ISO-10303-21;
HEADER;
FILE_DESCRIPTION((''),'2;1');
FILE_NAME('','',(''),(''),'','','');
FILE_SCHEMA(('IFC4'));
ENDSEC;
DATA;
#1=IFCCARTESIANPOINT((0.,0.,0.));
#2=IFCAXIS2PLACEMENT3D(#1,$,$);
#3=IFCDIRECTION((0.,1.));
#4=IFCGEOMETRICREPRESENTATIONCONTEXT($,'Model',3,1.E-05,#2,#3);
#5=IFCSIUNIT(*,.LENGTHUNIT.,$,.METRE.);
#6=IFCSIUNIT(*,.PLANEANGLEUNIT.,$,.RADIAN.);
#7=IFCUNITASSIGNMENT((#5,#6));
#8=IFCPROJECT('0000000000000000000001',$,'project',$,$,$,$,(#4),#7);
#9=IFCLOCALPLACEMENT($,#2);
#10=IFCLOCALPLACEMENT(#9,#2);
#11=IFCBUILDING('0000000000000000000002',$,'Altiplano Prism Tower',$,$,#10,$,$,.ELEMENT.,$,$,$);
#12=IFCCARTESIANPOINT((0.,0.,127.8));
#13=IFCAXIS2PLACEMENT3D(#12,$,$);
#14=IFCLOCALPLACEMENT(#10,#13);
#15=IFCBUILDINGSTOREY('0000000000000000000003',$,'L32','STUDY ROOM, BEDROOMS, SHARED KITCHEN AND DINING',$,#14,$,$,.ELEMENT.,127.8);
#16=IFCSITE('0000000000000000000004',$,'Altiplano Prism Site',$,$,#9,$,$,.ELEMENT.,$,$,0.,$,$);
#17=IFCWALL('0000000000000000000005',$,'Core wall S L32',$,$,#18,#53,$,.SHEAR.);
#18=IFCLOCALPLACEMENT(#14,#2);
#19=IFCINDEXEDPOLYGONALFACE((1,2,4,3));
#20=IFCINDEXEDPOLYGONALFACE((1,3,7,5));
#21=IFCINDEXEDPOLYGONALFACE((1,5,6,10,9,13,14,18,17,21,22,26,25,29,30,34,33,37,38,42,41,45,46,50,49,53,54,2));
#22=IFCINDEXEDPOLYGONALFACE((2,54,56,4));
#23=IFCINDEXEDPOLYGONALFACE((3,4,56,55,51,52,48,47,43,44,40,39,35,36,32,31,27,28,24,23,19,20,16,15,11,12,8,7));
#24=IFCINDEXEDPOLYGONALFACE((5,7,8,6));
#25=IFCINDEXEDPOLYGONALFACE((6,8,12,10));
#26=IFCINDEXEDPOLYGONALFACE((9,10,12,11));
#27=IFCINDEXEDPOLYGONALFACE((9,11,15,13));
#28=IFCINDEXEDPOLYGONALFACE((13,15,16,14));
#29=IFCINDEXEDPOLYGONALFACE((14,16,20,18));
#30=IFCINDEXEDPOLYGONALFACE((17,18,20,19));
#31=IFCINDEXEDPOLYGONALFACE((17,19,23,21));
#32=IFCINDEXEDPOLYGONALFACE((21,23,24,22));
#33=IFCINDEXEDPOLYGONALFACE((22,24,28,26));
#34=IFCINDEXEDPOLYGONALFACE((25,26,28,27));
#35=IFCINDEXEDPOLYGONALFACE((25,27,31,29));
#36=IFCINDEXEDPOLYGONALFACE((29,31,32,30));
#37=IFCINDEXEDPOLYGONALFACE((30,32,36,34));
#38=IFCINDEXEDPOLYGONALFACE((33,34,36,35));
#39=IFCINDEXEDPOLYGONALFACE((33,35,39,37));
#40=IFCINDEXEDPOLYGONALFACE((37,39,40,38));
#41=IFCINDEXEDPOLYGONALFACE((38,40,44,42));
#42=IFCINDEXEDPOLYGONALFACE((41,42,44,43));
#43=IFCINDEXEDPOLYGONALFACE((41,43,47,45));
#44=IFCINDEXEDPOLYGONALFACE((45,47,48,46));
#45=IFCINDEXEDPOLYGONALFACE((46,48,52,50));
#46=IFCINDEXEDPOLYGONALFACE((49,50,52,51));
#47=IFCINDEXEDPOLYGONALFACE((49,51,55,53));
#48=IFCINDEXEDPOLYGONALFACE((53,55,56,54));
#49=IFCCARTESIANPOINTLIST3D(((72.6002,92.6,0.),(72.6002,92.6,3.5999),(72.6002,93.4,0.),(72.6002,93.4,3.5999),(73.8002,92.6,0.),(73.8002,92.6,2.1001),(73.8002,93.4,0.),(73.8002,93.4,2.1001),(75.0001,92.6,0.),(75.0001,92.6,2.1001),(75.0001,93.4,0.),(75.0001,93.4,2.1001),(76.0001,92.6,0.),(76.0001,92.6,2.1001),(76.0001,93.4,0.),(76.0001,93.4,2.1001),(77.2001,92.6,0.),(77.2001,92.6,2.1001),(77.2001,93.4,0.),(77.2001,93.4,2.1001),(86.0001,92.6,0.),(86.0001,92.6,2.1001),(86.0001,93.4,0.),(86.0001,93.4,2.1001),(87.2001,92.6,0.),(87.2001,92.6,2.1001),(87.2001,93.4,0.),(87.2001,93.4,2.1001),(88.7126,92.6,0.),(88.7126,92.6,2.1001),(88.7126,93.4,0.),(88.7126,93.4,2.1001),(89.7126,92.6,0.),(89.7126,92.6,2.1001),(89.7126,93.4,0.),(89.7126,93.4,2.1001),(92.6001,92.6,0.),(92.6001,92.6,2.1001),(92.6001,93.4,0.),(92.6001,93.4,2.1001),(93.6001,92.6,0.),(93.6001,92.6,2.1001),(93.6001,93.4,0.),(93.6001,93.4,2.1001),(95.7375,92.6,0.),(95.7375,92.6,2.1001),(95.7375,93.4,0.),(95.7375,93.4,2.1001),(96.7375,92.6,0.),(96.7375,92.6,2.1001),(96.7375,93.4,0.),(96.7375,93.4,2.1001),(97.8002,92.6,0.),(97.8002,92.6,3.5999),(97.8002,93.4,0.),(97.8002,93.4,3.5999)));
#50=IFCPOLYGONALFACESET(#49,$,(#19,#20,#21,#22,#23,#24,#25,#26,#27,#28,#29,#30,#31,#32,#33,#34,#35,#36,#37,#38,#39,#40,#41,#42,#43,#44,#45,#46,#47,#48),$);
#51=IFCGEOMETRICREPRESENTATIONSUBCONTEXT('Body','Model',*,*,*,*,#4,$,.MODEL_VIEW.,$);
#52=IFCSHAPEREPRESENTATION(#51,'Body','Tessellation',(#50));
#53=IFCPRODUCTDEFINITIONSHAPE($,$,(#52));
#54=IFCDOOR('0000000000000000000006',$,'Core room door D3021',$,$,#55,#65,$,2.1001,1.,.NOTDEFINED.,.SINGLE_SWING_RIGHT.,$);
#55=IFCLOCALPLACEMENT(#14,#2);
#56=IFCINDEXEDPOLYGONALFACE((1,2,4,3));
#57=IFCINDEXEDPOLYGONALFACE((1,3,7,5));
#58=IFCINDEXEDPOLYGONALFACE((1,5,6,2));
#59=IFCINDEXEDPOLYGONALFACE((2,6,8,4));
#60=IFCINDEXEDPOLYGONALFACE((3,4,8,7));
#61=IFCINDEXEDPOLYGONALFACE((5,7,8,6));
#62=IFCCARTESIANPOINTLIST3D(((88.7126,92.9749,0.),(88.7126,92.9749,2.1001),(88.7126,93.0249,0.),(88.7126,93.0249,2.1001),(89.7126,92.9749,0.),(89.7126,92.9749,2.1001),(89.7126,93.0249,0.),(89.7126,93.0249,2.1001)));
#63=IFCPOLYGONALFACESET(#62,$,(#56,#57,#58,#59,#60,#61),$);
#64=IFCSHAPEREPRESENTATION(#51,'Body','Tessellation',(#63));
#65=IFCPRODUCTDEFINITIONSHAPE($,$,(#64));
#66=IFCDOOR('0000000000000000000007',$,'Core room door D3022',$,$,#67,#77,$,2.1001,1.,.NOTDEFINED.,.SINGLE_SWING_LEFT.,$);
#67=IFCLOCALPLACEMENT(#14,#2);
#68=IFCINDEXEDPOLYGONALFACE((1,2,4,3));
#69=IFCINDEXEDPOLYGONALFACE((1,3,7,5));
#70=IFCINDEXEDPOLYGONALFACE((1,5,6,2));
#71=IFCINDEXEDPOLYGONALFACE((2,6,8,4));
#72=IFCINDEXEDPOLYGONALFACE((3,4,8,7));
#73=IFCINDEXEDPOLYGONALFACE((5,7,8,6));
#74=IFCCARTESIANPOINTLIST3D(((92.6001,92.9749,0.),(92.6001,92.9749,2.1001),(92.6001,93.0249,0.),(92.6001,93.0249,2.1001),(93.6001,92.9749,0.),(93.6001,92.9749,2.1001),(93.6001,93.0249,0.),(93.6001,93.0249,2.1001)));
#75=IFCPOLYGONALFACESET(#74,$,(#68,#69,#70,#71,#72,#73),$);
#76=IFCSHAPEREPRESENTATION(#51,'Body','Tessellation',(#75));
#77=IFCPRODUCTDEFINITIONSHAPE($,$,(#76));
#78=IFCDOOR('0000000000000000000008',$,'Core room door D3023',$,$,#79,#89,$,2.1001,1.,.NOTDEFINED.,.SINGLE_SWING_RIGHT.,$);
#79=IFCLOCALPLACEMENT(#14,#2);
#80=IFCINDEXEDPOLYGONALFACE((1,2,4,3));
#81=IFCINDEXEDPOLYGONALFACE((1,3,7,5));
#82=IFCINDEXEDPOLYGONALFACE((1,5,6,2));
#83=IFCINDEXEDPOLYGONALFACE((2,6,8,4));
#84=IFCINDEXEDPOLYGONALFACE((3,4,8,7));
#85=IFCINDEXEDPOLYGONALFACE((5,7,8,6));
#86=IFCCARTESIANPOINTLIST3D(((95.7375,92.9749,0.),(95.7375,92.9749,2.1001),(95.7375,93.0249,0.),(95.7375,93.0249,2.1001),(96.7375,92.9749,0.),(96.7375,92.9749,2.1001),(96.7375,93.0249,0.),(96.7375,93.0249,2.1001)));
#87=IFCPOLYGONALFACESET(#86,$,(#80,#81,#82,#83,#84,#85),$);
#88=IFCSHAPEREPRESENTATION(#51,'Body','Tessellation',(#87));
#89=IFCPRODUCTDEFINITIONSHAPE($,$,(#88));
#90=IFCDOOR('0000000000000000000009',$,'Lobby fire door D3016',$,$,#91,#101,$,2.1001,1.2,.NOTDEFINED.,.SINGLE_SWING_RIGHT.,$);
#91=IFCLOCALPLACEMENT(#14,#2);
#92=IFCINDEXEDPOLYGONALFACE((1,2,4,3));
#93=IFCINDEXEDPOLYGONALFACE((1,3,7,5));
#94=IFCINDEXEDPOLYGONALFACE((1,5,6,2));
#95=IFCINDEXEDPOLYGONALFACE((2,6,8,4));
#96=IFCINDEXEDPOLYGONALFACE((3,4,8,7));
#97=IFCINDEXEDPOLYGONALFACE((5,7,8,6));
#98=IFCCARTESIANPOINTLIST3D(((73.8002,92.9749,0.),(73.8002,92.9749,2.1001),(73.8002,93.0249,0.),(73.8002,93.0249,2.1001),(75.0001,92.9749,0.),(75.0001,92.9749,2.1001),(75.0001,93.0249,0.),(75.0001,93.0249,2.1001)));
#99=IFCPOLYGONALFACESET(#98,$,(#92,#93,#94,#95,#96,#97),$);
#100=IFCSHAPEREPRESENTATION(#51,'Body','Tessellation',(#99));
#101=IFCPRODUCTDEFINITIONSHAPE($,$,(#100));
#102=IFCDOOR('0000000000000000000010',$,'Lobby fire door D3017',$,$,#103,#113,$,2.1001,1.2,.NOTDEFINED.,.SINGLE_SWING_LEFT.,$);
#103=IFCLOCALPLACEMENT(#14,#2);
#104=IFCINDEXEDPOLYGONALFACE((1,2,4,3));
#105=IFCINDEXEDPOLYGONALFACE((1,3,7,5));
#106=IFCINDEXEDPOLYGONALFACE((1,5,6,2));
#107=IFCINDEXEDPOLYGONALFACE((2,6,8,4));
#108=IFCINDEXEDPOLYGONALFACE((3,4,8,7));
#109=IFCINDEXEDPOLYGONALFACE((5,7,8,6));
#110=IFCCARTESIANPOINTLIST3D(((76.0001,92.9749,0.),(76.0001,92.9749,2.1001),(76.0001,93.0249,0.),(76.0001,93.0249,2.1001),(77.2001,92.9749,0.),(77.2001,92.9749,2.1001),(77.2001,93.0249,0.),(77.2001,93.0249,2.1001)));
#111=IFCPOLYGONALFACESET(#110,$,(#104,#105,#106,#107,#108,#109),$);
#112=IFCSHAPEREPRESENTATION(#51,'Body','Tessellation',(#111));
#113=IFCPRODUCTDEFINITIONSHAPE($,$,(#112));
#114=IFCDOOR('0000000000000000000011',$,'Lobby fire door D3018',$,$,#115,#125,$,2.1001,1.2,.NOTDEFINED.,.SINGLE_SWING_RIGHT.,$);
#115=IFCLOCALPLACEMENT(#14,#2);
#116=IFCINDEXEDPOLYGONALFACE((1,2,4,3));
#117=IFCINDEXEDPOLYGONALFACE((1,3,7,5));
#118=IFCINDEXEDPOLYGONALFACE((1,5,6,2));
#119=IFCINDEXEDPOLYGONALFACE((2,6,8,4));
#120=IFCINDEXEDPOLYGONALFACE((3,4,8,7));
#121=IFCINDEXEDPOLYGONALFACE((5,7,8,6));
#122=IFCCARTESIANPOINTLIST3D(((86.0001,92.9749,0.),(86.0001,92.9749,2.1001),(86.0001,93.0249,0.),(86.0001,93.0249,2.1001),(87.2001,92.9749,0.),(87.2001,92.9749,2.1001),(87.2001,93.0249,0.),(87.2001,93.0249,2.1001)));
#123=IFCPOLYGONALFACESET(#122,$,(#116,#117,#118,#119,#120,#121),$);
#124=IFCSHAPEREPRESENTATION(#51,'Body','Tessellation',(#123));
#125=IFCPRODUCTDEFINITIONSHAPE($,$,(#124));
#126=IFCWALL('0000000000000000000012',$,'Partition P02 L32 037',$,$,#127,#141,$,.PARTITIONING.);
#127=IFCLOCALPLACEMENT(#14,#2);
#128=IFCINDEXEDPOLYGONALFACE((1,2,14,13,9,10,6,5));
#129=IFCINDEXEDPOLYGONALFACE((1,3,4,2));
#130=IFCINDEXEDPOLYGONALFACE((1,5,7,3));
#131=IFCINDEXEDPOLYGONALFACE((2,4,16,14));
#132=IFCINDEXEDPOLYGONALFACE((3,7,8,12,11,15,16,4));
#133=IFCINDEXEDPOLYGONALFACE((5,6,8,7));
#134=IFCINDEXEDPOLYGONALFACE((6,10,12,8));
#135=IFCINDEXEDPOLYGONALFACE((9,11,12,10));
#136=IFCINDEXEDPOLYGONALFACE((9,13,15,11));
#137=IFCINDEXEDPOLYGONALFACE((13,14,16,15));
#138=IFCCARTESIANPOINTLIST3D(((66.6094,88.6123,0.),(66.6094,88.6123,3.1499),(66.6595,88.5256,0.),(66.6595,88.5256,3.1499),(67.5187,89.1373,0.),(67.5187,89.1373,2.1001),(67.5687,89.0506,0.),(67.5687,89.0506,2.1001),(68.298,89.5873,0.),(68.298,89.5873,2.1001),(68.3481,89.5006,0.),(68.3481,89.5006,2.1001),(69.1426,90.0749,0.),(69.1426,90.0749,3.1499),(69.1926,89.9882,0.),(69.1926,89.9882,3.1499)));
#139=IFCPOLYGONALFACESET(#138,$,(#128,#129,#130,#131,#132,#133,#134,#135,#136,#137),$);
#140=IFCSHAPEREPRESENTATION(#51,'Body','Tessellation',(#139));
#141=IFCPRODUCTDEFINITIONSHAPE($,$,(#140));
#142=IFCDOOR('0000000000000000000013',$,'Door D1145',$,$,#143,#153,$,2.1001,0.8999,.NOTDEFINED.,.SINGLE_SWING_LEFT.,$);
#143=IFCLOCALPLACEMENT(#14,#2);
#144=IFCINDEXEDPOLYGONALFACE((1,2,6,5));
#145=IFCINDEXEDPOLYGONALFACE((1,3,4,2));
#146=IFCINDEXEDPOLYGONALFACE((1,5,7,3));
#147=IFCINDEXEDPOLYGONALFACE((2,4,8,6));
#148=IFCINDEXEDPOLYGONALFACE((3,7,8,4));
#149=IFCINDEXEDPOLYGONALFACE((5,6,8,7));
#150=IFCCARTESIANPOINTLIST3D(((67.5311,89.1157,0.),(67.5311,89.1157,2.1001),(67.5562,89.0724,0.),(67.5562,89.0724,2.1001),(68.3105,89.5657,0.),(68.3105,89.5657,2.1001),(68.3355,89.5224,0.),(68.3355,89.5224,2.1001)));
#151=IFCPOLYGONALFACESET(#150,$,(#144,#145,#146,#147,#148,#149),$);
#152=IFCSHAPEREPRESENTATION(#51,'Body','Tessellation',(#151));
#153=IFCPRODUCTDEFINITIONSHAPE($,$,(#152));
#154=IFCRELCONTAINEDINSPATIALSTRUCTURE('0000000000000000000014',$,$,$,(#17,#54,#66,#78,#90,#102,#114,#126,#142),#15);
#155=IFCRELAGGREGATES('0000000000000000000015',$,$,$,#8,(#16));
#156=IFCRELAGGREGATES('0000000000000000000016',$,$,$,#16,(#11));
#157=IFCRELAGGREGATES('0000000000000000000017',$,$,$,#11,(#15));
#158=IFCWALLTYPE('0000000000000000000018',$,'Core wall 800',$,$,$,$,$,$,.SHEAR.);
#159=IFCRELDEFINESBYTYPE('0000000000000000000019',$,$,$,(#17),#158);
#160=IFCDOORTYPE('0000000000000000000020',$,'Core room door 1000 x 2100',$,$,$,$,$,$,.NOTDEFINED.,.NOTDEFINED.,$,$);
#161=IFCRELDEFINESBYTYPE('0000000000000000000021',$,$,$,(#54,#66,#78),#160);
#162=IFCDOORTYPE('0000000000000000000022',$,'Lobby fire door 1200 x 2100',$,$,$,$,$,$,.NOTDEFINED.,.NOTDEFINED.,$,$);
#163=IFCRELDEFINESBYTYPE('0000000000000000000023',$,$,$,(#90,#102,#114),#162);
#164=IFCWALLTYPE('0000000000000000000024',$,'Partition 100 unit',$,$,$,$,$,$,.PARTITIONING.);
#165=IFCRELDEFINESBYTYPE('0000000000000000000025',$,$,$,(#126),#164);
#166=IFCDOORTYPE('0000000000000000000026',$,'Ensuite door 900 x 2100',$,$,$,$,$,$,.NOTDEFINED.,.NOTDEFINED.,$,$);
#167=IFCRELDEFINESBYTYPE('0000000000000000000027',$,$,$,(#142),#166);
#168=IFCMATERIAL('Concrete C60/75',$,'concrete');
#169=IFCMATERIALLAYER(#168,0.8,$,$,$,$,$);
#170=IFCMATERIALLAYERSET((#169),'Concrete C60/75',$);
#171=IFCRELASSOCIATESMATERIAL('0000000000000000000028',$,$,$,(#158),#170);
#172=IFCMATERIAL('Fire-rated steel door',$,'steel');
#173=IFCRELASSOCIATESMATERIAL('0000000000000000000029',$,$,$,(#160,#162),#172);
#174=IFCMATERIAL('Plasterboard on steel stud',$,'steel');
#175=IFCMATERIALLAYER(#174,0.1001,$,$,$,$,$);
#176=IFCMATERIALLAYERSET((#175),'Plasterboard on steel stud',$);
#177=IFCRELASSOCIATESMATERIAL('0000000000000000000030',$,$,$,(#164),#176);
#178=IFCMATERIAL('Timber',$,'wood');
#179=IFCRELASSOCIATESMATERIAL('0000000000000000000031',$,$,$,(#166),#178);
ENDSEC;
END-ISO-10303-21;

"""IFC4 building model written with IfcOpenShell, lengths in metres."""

from ifc_helpers import new_model, si_unit, direction, frame, frame_2d, origin, place, context, subcontext, project, spatial, rectangle, extrude, material, layer, layer_set, type_object, element, fill, save


model = new_model("IFC4")

# Units and contexts
model_context = context("Model", 3, precision=1e-05, world=origin(), true_north=direction((0.0, 1.0)))
body_context = subcontext(model_context, "Body", "Model", "MODEL_VIEW")
ifc_project = project(units=[si_unit("LENGTHUNIT", "METRE"), si_unit("PLANEANGLEUNIT", "RADIAN")], contexts=[model_context])

# Site, building, storey
site_placement = place(None, origin())
site = spatial("IfcSite", under=ifc_project, at=site_placement, Name="Altiplano Prism Site", CompositionType="ELEMENT", RefElevation=0.0)
building_placement = place(site_placement, origin())
building = spatial("IfcBuilding", under=site, at=building_placement, Name="Altiplano Prism Tower", CompositionType="ELEMENT")
storey_placement = place(building_placement, frame((0.0, 0.0, 127.8)))
storey = spatial("IfcBuildingStorey", under=building, at=storey_placement, Name="L32", Description="STUDY ROOM, BEDROOMS, SHARED KITCHEN AND DINING", CompositionType="ELEMENT", Elevation=127.8)

# Shared definitions
ifc_material_1 = material(Name="Concrete C60/75", Category="concrete")

# Wall, openings, doors
ifc_layer_1 = layer(ifc_material_1, 0.8)
ifc_layer_set_1 = layer_set([ifc_layer_1], Name="Concrete C60/75")
wall_type_1 = type_object("IfcWallType", Name="Core wall 800", PredefinedType="SHEAR", material=ifc_layer_set_1)
wall_1_placement = place(storey_placement, frame((72.6001, 93.0, 0.0), z_axis=(0.0, 0.0, 1.0), x_axis=(1.0, 0.0, 0.0)))
wall_1 = element("IfcWall", 1, at=wall_1_placement, inside=storey, type_object=wall_type_1, Name="Core wall S L32", PredefinedType="SHEAR", context=body_context, shape_type="SweptSolid", body=[
    extrude(rectangle(XDim=25.2, YDim=0.8, at=frame_2d((12.6001, 0.0))), origin(), (0.0, 0.0, 1.0), 3.5999),
])
opening_1_placement = place(wall_1_placement, frame((1.2, 0.0, 0.0)))
opening_1 = element("IfcOpeningElement", 2, at=opening_1_placement, cuts=wall_1, PredefinedType="OPENING", context=body_context, shape_type="SweptSolid", body=[
    extrude(rectangle(XDim=1.2, YDim=2.1001, at=frame_2d((0.6001, 1.05))), frame((0.0, 0.4106, 0.0), z_axis=(0.0, -1.0, 0.0), x_axis=(1.0, 0.0, 0.0)), (0.0, 0.0, 1.0), 0.821),
])
opening_2_placement = place(wall_1_placement, frame((3.3999, 0.0, 0.0)))
opening_2 = element("IfcOpeningElement", 3, at=opening_2_placement, cuts=wall_1, PredefinedType="OPENING", context=body_context, shape_type="SweptSolid", body=[
    extrude(rectangle(XDim=1.2, YDim=2.1001, at=frame_2d((0.6001, 1.05))), frame((0.0, 0.4106, 0.0), z_axis=(0.0, -1.0, 0.0), x_axis=(1.0, 0.0, 0.0)), (0.0, 0.0, 1.0), 0.821),
])
opening_3_placement = place(wall_1_placement, frame((13.3999, 0.0, 0.0)))
opening_3 = element("IfcOpeningElement", 4, at=opening_3_placement, cuts=wall_1, PredefinedType="OPENING", context=body_context, shape_type="SweptSolid", body=[
    extrude(rectangle(XDim=1.2, YDim=2.1001, at=frame_2d((0.6001, 1.05))), frame((0.0, 0.4106, 0.0), z_axis=(0.0, -1.0, 0.0), x_axis=(1.0, 0.0, 0.0)), (0.0, 0.0, 1.0), 0.821),
])
opening_4_placement = place(wall_1_placement, frame((16.1125, 0.0, 0.0)))
opening_4 = element("IfcOpeningElement", 5, at=opening_4_placement, cuts=wall_1, PredefinedType="OPENING", context=body_context, shape_type="SweptSolid", body=[
    extrude(rectangle(XDim=1.0, YDim=2.1001, at=frame_2d((0.5, 1.05))), frame((0.0, 0.4106, 0.0), z_axis=(0.0, -1.0, 0.0), x_axis=(1.0, 0.0, 0.0)), (0.0, 0.0, 1.0), 0.821),
])
opening_5_placement = place(wall_1_placement, frame((20.0, 0.0, 0.0)))
opening_5 = element("IfcOpeningElement", 6, at=opening_5_placement, cuts=wall_1, PredefinedType="OPENING", context=body_context, shape_type="SweptSolid", body=[
    extrude(rectangle(XDim=1.0, YDim=2.1001, at=frame_2d((0.5, 1.05))), frame((0.0, 0.4106, 0.0), z_axis=(0.0, -1.0, 0.0), x_axis=(1.0, 0.0, 0.0)), (0.0, 0.0, 1.0), 0.821),
])
opening_6_placement = place(wall_1_placement, frame((23.1375, 0.0, 0.0)))
opening_6 = element("IfcOpeningElement", 7, at=opening_6_placement, cuts=wall_1, PredefinedType="OPENING", context=body_context, shape_type="SweptSolid", body=[
    extrude(rectangle(XDim=1.0, YDim=2.1001, at=frame_2d((0.5, 1.05))), frame((0.0, 0.4106, 0.0), z_axis=(0.0, -1.0, 0.0), x_axis=(1.0, 0.0, 0.0)), (0.0, 0.0, 1.0), 0.821),
])
ifc_material_2 = material(Name="Fire-rated steel door", Category="steel")
door_type_1 = type_object("IfcDoorType", Name="Core room door 1000 x 2100", OperationType="NOTDEFINED", PredefinedType="NOTDEFINED", material=ifc_material_2)
door_1_placement = place(opening_4_placement, origin())
door_1 = element("IfcDoor", 8, at=door_1_placement, inside=storey, type_object=door_type_1, Name="Core room door D3021", OperationType="SINGLE_SWING_RIGHT", OverallHeight=2.1001, OverallWidth=1.0, PredefinedType="NOTDEFINED", context=body_context, shape_type="SweptSolid", body=[
    extrude(rectangle(XDim=1.0, YDim=2.1001, at=frame_2d((0.5, 1.05))), frame((0.0, 0.0249, 0.0), z_axis=(0.0, -1.0, 0.0), x_axis=(1.0, 0.0, 0.0)), (0.0, 0.0, 1.0), 0.05),
])
fill(opening_4, door_1)
door_2_placement = place(opening_5_placement, origin())
door_2 = element("IfcDoor", 9, at=door_2_placement, inside=storey, type_object=door_type_1, Name="Core room door D3022", OperationType="SINGLE_SWING_LEFT", OverallHeight=2.1001, OverallWidth=1.0, PredefinedType="NOTDEFINED", context=body_context, shape_type="SweptSolid", body=[
    extrude(rectangle(XDim=1.0, YDim=2.1001, at=frame_2d((0.5, 1.05))), frame((0.0, 0.0249, 0.0), z_axis=(0.0, -1.0, 0.0), x_axis=(1.0, 0.0, 0.0)), (0.0, 0.0, 1.0), 0.05),
])
fill(opening_5, door_2)
door_3_placement = place(opening_6_placement, origin())
door_3 = element("IfcDoor", 10, at=door_3_placement, inside=storey, type_object=door_type_1, Name="Core room door D3023", OperationType="SINGLE_SWING_RIGHT", OverallHeight=2.1001, OverallWidth=1.0, PredefinedType="NOTDEFINED", context=body_context, shape_type="SweptSolid", body=[
    extrude(rectangle(XDim=1.0, YDim=2.1001, at=frame_2d((0.5, 1.05))), frame((0.0, 0.0249, 0.0), z_axis=(0.0, -1.0, 0.0), x_axis=(1.0, 0.0, 0.0)), (0.0, 0.0, 1.0), 0.05),
])
fill(opening_6, door_3)
door_type_2 = type_object("IfcDoorType", Name="Lobby fire door 1200 x 2100", OperationType="NOTDEFINED", PredefinedType="NOTDEFINED", material=ifc_material_2)
door_4_placement = place(opening_1_placement, origin())
door_4 = element("IfcDoor", 11, at=door_4_placement, inside=storey, type_object=door_type_2, Name="Lobby fire door D3016", OperationType="SINGLE_SWING_RIGHT", OverallHeight=2.1001, OverallWidth=1.2, PredefinedType="NOTDEFINED", context=body_context, shape_type="SweptSolid", body=[
    extrude(rectangle(XDim=1.2, YDim=2.1001, at=frame_2d((0.6001, 1.05))), frame((0.0, 0.0249, 0.0), z_axis=(0.0, -1.0, 0.0), x_axis=(1.0, 0.0, 0.0)), (0.0, 0.0, 1.0), 0.05),
])
fill(opening_1, door_4)
door_5_placement = place(opening_2_placement, origin())
door_5 = element("IfcDoor", 12, at=door_5_placement, inside=storey, type_object=door_type_2, Name="Lobby fire door D3017", OperationType="SINGLE_SWING_LEFT", OverallHeight=2.1001, OverallWidth=1.2, PredefinedType="NOTDEFINED", context=body_context, shape_type="SweptSolid", body=[
    extrude(rectangle(XDim=1.2, YDim=2.1001, at=frame_2d((0.6001, 1.05))), frame((0.0, 0.0249, 0.0), z_axis=(0.0, -1.0, 0.0), x_axis=(1.0, 0.0, 0.0)), (0.0, 0.0, 1.0), 0.05),
])
fill(opening_2, door_5)
door_6_placement = place(opening_3_placement, origin())
door_6 = element("IfcDoor", 13, at=door_6_placement, inside=storey, type_object=door_type_2, Name="Lobby fire door D3018", OperationType="SINGLE_SWING_RIGHT", OverallHeight=2.1001, OverallWidth=1.2, PredefinedType="NOTDEFINED", context=body_context, shape_type="SweptSolid", body=[
    extrude(rectangle(XDim=1.2, YDim=2.1001, at=frame_2d((0.6001, 1.05))), frame((0.0, 0.0249, 0.0), z_axis=(0.0, -1.0, 0.0), x_axis=(1.0, 0.0, 0.0)), (0.0, 0.0, 1.0), 0.05),
])
fill(opening_3, door_6)

# Wall, opening, door
ifc_material_3 = material(Name="Plasterboard on steel stud", Category="steel")
ifc_layer_2 = layer(ifc_material_3, 0.1001)
ifc_layer_set_2 = layer_set([ifc_layer_2], Name="Plasterboard on steel stud")
wall_type_2 = type_object("IfcWallType", Name="Partition 100 unit", PredefinedType="PARTITIONING", material=ifc_layer_set_2)
wall_2_placement = place(storey_placement, frame((69.1675, 90.0315, 0.0), z_axis=(0.0, 0.0, 1.0), x_axis=(-0.86601, -0.500026, 0.0)))
wall_2 = element("IfcWall", 14, at=wall_2_placement, inside=storey, type_object=wall_type_2, Name="Partition P02 L32 037", PredefinedType="PARTITIONING", context=body_context, shape_type="SweptSolid", body=[
    extrude(rectangle(XDim=2.925, YDim=0.1001, at=frame_2d((1.4624, 0.0))), origin(), (0.0, 0.0, 1.0), 3.1499),
])
opening_7_placement = place(wall_2_placement, frame((0.9751, 0.0, 0.0)))
opening_7 = element("IfcOpeningElement", 15, at=opening_7_placement, cuts=wall_2, PredefinedType="OPENING", context=body_context, shape_type="SweptSolid", body=[
    extrude(rectangle(XDim=0.8999, YDim=2.1001, at=frame_2d((0.45, 1.05))), frame((0.0, 0.0605, 0.0), z_axis=(0.0, -1.0, 0.0), x_axis=(1.0, 0.0, 0.0)), (0.0, 0.0, 1.0), 0.1211),
])
ifc_material_4 = material(Name="Timber", Category="wood")
door_type_3 = type_object("IfcDoorType", Name="Ensuite door 900 x 2100", OperationType="NOTDEFINED", PredefinedType="NOTDEFINED", material=ifc_material_4)
door_7_placement = place(opening_7_placement, origin())
door_7 = element("IfcDoor", 16, at=door_7_placement, inside=storey, type_object=door_type_3, Name="Door D1145", OperationType="SINGLE_SWING_LEFT", OverallHeight=2.1001, OverallWidth=0.8999, PredefinedType="NOTDEFINED", context=body_context, shape_type="SweptSolid", body=[
    extrude(rectangle(XDim=0.8999, YDim=2.1001, at=frame_2d((0.45, 1.05))), frame((0.0, 0.0249, 0.0), z_axis=(0.0, -1.0, 0.0), x_axis=(1.0, 0.0, 0.0)), (0.0, 0.0, 1.0), 0.05),
])
fill(opening_7, door_7)

save(model, "model.ifc")
